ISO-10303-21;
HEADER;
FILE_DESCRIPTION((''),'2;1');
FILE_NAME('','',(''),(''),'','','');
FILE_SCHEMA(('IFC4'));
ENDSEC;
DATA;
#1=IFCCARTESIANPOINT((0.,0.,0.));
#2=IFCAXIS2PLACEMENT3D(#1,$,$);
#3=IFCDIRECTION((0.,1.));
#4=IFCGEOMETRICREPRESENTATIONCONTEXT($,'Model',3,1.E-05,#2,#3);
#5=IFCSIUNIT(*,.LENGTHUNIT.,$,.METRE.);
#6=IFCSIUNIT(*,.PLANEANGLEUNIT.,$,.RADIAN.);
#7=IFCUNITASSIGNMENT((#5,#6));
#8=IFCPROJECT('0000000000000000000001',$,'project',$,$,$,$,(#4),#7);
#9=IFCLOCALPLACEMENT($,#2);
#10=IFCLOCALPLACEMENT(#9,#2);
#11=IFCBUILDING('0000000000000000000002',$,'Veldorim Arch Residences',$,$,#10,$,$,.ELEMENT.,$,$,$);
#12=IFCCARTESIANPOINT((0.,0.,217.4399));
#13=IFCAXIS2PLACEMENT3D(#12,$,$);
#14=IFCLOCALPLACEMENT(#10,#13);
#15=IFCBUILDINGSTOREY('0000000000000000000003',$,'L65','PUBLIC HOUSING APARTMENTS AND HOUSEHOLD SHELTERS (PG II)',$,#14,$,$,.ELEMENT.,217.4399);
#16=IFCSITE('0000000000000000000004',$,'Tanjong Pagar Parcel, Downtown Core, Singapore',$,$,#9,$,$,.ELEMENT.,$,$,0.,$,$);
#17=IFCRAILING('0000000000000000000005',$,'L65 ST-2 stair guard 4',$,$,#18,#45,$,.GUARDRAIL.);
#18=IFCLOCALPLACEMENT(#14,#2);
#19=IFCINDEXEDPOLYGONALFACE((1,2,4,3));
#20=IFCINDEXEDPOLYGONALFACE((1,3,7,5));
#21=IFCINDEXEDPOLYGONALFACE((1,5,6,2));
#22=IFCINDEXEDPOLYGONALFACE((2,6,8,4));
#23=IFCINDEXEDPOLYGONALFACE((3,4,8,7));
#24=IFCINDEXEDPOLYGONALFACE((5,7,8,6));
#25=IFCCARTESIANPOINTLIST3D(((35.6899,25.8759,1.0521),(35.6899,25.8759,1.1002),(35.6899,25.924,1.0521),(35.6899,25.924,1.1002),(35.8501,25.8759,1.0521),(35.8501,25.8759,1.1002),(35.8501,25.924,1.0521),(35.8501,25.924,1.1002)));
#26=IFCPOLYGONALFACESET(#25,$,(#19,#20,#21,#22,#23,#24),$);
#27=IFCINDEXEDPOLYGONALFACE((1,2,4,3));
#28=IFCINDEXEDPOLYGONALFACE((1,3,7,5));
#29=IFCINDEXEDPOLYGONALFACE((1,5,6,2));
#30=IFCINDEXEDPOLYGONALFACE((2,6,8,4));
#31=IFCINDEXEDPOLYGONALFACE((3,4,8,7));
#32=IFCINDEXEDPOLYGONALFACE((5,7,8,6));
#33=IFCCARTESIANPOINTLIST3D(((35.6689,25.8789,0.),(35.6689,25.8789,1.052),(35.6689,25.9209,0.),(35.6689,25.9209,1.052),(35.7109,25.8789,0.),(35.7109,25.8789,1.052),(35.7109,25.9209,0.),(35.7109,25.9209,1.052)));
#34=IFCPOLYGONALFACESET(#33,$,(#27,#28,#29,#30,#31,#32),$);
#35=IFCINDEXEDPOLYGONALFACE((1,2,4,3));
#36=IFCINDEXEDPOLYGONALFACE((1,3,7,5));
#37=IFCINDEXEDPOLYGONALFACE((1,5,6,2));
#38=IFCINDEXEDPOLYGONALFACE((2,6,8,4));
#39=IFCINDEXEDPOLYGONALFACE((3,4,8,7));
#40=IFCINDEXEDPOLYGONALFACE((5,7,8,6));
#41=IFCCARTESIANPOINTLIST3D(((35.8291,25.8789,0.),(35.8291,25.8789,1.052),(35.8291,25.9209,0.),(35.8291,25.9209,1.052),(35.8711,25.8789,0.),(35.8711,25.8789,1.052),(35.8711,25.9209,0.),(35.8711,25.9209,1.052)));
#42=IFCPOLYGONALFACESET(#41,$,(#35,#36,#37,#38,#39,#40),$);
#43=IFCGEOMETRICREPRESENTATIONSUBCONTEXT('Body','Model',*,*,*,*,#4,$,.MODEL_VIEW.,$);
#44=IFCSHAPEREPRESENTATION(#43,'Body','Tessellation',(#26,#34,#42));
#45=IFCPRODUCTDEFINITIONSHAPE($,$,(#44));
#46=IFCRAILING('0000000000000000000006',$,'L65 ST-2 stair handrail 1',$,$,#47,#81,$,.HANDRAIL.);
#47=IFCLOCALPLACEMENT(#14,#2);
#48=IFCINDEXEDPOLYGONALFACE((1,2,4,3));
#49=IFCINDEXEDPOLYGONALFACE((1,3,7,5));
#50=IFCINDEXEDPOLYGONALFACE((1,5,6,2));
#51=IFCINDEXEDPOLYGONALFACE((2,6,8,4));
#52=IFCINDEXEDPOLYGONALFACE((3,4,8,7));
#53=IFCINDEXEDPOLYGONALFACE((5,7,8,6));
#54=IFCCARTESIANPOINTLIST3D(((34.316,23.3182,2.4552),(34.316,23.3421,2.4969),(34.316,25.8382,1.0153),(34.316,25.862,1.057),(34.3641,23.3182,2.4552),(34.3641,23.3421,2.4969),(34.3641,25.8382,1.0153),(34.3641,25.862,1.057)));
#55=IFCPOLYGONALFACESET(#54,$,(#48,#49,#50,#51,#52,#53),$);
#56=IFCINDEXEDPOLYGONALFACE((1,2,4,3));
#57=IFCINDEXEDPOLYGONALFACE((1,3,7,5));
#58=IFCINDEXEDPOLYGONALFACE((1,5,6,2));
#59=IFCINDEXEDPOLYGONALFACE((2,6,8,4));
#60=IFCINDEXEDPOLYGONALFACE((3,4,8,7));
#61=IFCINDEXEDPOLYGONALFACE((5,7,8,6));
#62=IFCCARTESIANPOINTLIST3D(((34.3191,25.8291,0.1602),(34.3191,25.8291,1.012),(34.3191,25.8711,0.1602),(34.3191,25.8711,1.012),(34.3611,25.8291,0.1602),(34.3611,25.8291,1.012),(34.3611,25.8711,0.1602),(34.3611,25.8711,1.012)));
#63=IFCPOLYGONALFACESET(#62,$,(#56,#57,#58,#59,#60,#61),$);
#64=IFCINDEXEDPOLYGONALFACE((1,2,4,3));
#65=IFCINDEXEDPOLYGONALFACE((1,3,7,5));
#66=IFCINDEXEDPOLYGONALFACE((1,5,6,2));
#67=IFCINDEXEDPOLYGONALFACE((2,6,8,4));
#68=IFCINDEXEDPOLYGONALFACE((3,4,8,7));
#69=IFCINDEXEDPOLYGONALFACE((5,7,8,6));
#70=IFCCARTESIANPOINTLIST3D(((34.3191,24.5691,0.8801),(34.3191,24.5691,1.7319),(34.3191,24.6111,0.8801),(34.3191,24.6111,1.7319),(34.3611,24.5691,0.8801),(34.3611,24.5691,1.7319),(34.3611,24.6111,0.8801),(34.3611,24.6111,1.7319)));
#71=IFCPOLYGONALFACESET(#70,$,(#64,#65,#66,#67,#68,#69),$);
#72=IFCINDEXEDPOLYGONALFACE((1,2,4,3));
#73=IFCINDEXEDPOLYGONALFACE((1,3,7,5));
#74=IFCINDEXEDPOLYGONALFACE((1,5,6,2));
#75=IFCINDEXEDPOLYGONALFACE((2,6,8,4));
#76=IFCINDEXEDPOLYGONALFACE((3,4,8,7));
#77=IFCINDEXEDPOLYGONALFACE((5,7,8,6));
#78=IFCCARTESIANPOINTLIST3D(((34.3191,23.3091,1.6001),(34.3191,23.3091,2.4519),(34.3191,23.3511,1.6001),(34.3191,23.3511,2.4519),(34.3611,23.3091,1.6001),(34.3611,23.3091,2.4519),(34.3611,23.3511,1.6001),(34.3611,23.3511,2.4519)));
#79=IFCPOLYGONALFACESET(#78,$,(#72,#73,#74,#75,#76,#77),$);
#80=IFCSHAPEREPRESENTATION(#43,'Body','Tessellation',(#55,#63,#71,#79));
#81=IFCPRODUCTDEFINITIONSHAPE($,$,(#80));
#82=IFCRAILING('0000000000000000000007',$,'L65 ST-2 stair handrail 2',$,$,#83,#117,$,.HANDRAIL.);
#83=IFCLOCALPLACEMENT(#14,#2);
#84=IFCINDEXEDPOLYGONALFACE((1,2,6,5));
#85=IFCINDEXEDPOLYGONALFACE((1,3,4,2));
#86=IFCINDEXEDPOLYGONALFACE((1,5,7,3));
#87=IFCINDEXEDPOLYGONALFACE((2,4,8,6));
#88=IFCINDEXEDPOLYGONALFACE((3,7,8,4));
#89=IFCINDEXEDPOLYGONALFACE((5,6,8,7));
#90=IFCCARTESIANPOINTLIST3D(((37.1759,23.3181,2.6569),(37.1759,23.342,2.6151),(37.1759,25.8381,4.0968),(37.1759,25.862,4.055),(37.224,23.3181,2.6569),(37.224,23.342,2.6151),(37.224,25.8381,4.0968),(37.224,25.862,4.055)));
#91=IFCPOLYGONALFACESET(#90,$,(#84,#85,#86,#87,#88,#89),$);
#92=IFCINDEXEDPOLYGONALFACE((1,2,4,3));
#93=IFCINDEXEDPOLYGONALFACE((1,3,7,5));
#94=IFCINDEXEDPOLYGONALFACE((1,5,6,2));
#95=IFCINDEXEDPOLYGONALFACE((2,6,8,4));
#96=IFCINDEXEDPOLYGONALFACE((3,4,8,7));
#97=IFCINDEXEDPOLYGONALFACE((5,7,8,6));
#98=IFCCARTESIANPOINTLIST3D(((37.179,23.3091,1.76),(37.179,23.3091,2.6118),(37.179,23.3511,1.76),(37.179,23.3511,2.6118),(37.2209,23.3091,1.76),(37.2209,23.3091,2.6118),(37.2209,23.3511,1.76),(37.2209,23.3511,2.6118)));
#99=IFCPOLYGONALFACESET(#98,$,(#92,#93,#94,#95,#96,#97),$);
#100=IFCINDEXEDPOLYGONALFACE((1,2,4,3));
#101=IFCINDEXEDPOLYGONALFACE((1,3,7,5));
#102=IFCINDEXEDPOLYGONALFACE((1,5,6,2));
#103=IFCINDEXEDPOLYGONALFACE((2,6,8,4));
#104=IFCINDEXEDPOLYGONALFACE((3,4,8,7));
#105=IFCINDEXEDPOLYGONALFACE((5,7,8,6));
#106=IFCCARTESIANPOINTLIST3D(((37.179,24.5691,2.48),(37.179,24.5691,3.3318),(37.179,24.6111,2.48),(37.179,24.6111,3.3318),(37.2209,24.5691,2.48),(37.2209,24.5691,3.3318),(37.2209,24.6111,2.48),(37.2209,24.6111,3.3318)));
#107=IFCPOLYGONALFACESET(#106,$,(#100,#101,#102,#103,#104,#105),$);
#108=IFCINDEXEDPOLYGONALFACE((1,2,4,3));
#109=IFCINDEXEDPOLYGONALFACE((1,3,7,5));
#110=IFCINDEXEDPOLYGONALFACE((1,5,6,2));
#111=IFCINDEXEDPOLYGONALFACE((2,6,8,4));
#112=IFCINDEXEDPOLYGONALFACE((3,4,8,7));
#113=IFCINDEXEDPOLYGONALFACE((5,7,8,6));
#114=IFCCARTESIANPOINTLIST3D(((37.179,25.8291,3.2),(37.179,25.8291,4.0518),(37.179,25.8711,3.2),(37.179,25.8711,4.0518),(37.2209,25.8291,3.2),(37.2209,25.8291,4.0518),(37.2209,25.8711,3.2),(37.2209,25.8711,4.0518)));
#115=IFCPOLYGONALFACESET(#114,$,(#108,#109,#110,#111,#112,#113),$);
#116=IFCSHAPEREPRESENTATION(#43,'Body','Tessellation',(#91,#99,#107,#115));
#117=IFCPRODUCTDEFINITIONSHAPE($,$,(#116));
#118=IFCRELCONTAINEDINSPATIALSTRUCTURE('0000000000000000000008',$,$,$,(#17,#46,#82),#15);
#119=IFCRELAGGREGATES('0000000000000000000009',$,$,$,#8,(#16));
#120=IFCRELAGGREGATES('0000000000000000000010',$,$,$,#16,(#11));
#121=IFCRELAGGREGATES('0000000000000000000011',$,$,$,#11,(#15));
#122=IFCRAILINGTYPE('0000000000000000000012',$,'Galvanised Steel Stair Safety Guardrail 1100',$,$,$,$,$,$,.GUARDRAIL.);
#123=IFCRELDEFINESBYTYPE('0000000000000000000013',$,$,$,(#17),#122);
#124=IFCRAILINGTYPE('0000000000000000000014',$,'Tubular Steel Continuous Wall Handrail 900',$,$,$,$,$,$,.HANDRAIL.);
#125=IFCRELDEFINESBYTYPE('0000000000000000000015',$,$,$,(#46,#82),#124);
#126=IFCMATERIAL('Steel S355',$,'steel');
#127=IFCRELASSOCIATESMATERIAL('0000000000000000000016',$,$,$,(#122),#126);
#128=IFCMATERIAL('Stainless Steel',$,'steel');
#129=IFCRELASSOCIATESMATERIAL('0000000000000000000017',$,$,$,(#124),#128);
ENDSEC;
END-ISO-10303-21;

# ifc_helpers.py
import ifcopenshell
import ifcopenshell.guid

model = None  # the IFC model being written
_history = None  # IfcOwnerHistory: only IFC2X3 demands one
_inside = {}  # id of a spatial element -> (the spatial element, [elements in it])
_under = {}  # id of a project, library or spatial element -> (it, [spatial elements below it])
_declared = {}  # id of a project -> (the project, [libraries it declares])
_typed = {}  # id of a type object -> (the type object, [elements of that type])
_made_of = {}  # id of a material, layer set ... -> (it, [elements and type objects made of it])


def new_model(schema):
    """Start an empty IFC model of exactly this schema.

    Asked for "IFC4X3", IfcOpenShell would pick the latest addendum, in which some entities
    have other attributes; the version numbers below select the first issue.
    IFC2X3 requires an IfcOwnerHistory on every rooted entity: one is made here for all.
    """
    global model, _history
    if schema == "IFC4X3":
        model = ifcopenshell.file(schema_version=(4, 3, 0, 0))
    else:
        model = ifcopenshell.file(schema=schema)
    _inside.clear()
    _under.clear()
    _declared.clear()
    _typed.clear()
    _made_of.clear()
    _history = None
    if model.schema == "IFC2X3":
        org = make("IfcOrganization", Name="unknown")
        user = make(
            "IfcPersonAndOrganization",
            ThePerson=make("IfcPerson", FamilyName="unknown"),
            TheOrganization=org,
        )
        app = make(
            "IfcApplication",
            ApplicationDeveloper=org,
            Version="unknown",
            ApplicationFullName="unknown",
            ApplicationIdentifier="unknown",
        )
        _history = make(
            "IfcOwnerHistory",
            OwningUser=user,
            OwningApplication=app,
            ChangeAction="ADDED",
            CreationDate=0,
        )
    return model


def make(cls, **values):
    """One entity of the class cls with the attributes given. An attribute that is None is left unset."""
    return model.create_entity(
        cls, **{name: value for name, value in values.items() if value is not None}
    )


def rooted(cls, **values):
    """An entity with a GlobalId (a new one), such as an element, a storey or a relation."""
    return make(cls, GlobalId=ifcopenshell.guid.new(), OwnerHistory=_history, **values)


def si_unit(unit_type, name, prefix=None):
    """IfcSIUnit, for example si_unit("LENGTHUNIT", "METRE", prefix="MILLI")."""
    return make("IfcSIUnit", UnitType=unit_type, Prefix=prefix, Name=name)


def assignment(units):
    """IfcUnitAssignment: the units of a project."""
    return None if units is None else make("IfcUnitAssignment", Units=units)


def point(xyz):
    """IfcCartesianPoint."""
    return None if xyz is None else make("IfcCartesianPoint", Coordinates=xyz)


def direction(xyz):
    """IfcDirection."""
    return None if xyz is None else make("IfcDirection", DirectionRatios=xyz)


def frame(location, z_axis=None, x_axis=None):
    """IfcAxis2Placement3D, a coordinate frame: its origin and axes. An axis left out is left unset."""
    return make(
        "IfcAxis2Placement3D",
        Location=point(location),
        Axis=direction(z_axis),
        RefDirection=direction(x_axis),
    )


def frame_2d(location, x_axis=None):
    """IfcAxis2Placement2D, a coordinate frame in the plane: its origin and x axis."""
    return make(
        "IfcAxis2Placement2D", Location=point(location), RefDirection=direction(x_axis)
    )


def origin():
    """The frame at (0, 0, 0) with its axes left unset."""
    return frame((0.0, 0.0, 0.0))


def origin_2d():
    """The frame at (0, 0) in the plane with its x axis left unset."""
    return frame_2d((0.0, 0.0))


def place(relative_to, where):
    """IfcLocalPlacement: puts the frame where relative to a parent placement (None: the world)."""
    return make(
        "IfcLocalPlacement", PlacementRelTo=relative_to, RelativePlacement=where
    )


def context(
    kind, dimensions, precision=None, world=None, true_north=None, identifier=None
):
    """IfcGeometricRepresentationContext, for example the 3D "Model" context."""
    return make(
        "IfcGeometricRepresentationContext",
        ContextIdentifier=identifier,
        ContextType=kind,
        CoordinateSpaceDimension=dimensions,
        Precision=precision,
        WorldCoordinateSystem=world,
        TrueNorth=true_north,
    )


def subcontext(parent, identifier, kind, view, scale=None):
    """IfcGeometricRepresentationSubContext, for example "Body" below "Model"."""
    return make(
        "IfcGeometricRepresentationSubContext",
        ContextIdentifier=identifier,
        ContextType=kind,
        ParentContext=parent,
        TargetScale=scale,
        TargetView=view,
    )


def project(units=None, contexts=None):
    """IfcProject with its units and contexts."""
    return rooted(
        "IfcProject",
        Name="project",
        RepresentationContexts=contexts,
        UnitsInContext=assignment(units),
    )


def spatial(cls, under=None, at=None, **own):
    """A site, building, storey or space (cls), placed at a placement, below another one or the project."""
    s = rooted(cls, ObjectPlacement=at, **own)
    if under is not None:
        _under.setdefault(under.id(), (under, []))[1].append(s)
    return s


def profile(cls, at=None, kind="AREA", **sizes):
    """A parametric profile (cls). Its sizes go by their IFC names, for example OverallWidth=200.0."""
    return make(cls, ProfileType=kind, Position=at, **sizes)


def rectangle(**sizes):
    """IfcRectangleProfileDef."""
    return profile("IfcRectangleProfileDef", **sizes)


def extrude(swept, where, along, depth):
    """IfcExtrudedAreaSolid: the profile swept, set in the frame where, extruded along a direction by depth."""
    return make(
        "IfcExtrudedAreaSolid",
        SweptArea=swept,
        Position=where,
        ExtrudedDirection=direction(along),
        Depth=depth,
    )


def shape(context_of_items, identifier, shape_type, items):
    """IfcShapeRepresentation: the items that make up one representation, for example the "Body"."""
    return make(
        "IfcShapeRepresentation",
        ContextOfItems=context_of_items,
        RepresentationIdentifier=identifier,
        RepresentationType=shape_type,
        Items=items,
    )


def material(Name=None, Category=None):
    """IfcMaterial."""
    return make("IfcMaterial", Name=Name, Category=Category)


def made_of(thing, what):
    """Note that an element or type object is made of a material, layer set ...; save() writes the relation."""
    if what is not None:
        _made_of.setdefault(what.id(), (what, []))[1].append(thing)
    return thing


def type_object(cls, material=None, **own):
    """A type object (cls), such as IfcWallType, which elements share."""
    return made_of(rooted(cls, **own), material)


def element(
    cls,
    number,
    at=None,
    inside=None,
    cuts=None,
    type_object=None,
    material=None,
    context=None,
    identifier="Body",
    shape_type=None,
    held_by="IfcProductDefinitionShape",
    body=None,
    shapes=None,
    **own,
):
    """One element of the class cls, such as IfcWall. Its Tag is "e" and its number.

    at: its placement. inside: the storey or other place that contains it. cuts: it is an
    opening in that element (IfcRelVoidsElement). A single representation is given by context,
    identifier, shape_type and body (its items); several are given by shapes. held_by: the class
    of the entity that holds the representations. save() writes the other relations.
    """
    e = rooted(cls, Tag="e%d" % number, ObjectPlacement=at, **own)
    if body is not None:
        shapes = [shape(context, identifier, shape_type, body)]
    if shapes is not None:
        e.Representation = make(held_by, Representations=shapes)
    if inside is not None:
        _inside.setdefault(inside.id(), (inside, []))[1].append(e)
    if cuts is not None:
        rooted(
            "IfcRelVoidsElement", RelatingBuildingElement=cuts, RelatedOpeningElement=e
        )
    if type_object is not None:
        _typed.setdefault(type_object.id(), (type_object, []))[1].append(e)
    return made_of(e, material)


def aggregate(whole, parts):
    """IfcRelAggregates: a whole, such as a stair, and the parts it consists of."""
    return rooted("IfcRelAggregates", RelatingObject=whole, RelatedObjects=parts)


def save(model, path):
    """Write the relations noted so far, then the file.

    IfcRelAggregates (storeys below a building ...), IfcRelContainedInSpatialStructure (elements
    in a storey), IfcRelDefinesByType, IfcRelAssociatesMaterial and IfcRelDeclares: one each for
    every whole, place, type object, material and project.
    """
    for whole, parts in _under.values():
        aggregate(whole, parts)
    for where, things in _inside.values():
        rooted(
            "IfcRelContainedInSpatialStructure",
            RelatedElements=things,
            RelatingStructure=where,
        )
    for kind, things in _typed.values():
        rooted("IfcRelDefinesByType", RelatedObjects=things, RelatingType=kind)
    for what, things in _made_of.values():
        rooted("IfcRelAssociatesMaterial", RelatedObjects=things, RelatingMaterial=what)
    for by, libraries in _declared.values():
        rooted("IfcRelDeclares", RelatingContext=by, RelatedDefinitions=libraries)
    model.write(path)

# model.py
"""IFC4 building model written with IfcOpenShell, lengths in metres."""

from ifc_helpers import new_model, si_unit, direction, frame, origin, origin_2d, place, context, subcontext, project, spatial, rectangle, extrude, material, type_object, element, save


model = new_model("IFC4")

# Units and contexts
model_context = context("Model", 3, precision=1e-05, world=origin(), true_north=direction((0.0, 1.0)))
body_context = subcontext(model_context, "Body", "Model", "MODEL_VIEW")
ifc_project = project(units=[si_unit("LENGTHUNIT", "METRE"), si_unit("PLANEANGLEUNIT", "RADIAN")], contexts=[model_context])

# Site, building, storey
site_placement = place(None, origin())
site = spatial("IfcSite", under=ifc_project, at=site_placement, Name="Tanjong Pagar Parcel, Downtown Core, Singapore", CompositionType="ELEMENT", RefElevation=0.0)
building_placement = place(site_placement, origin())
building = spatial("IfcBuilding", under=site, at=building_placement, Name="Veldorim Arch Residences", CompositionType="ELEMENT")
storey_placement = place(building_placement, frame((0.0, 0.0, 217.4399)))
storey = spatial("IfcBuildingStorey", under=building, at=storey_placement, Name="L65", Description="PUBLIC HOUSING APARTMENTS AND HOUSEHOLD SHELTERS (PG II)", CompositionType="ELEMENT", Elevation=217.4399)

# Railings
ifc_material_1 = material(Name="Steel S355", Category="steel")
railing_type_1 = type_object("IfcRailingType", Name="Galvanised Steel Stair Safety Guardrail 1100", PredefinedType="GUARDRAIL", material=ifc_material_1)
railing_1_placement = place(storey_placement, frame((35.6899, 25.8999, 0.0)))
element("IfcRailing", 1, at=railing_1_placement, inside=storey, type_object=railing_type_1, Name="L65 ST-2 stair guard 4", PredefinedType="GUARDRAIL", context=body_context, shape_type="SweptSolid", body=[
    extrude(rectangle(XDim=0.0481, YDim=0.0481, at=origin_2d()), frame((0.0, 0.0, 1.0762), z_axis=(1.0, 0.0, 0.0), x_axis=(0.0, 1.0, 0.0)), (0.0, 0.0, 1.0), 0.1602),
    extrude(rectangle(XDim=0.042, YDim=0.042, at=origin_2d()), origin(), (0.0, 0.0, 1.0), 1.052),
    extrude(rectangle(XDim=0.042, YDim=0.042, at=origin_2d()), frame((0.1602, 0.0, 0.0)), (0.0, 0.0, 1.0), 1.052),
])
ifc_material_2 = material(Name="Stainless Steel", Category="steel")
railing_type_2 = type_object("IfcRailingType", Name="Tubular Steel Continuous Wall Handrail 900", PredefinedType="HANDRAIL", material=ifc_material_2)
railing_2_placement = place(storey_placement, frame((34.3401, 25.8501, 0.1602)))
element("IfcRailing", 2, at=railing_2_placement, inside=storey, type_object=railing_type_2, Name="L65 ST-2 stair handrail 1", PredefinedType="HANDRAIL", context=body_context, shape_type="SweptSolid", body=[
    extrude(rectangle(XDim=0.0481, YDim=0.0481, at=origin_2d()), frame((0.0, 0.0, 0.876), z_axis=(0.0, -0.868253, 0.496121), x_axis=(1.0, 0.0, 0.0)), (0.0, 0.0, 1.0), 2.9023),
    extrude(rectangle(XDim=0.042, YDim=0.042, at=origin_2d()), origin(), (0.0, 0.0, 1.0), 0.8518),
    extrude(rectangle(XDim=0.042, YDim=0.042, at=origin_2d()), frame((0.0, -1.26, 0.72)), (0.0, 0.0, 1.0), 0.8518),
    extrude(rectangle(XDim=0.042, YDim=0.042, at=origin_2d()), frame((0.0, -2.52, 1.4399)), (0.0, 0.0, 1.0), 0.8518),
])
railing_3_placement = place(storey_placement, frame((37.2, 23.3301, 1.76)))
element("IfcRailing", 3, at=railing_3_placement, inside=storey, type_object=railing_type_2, Name="L65 ST-2 stair handrail 2", PredefinedType="HANDRAIL", context=body_context, shape_type="SweptSolid", body=[
    extrude(rectangle(XDim=0.0481, YDim=0.0481, at=origin_2d()), frame((0.0, 0.0, 0.876), z_axis=(0.0, 0.868253, 0.496121), x_axis=(-1.0, 0.0, 0.0)), (0.0, 0.0, 1.0), 2.9023),
    extrude(rectangle(XDim=0.042, YDim=0.042, at=origin_2d()), origin(), (0.0, 0.0, 1.0), 0.8518),
    extrude(rectangle(XDim=0.042, YDim=0.042, at=origin_2d()), frame((0.0, 1.26, 0.72)), (0.0, 0.0, 1.0), 0.8518),
    extrude(rectangle(XDim=0.042, YDim=0.042, at=origin_2d()), frame((0.0, 2.52, 1.4399)), (0.0, 0.0, 1.0), 0.8518),
])

save(model, "model.ifc")
